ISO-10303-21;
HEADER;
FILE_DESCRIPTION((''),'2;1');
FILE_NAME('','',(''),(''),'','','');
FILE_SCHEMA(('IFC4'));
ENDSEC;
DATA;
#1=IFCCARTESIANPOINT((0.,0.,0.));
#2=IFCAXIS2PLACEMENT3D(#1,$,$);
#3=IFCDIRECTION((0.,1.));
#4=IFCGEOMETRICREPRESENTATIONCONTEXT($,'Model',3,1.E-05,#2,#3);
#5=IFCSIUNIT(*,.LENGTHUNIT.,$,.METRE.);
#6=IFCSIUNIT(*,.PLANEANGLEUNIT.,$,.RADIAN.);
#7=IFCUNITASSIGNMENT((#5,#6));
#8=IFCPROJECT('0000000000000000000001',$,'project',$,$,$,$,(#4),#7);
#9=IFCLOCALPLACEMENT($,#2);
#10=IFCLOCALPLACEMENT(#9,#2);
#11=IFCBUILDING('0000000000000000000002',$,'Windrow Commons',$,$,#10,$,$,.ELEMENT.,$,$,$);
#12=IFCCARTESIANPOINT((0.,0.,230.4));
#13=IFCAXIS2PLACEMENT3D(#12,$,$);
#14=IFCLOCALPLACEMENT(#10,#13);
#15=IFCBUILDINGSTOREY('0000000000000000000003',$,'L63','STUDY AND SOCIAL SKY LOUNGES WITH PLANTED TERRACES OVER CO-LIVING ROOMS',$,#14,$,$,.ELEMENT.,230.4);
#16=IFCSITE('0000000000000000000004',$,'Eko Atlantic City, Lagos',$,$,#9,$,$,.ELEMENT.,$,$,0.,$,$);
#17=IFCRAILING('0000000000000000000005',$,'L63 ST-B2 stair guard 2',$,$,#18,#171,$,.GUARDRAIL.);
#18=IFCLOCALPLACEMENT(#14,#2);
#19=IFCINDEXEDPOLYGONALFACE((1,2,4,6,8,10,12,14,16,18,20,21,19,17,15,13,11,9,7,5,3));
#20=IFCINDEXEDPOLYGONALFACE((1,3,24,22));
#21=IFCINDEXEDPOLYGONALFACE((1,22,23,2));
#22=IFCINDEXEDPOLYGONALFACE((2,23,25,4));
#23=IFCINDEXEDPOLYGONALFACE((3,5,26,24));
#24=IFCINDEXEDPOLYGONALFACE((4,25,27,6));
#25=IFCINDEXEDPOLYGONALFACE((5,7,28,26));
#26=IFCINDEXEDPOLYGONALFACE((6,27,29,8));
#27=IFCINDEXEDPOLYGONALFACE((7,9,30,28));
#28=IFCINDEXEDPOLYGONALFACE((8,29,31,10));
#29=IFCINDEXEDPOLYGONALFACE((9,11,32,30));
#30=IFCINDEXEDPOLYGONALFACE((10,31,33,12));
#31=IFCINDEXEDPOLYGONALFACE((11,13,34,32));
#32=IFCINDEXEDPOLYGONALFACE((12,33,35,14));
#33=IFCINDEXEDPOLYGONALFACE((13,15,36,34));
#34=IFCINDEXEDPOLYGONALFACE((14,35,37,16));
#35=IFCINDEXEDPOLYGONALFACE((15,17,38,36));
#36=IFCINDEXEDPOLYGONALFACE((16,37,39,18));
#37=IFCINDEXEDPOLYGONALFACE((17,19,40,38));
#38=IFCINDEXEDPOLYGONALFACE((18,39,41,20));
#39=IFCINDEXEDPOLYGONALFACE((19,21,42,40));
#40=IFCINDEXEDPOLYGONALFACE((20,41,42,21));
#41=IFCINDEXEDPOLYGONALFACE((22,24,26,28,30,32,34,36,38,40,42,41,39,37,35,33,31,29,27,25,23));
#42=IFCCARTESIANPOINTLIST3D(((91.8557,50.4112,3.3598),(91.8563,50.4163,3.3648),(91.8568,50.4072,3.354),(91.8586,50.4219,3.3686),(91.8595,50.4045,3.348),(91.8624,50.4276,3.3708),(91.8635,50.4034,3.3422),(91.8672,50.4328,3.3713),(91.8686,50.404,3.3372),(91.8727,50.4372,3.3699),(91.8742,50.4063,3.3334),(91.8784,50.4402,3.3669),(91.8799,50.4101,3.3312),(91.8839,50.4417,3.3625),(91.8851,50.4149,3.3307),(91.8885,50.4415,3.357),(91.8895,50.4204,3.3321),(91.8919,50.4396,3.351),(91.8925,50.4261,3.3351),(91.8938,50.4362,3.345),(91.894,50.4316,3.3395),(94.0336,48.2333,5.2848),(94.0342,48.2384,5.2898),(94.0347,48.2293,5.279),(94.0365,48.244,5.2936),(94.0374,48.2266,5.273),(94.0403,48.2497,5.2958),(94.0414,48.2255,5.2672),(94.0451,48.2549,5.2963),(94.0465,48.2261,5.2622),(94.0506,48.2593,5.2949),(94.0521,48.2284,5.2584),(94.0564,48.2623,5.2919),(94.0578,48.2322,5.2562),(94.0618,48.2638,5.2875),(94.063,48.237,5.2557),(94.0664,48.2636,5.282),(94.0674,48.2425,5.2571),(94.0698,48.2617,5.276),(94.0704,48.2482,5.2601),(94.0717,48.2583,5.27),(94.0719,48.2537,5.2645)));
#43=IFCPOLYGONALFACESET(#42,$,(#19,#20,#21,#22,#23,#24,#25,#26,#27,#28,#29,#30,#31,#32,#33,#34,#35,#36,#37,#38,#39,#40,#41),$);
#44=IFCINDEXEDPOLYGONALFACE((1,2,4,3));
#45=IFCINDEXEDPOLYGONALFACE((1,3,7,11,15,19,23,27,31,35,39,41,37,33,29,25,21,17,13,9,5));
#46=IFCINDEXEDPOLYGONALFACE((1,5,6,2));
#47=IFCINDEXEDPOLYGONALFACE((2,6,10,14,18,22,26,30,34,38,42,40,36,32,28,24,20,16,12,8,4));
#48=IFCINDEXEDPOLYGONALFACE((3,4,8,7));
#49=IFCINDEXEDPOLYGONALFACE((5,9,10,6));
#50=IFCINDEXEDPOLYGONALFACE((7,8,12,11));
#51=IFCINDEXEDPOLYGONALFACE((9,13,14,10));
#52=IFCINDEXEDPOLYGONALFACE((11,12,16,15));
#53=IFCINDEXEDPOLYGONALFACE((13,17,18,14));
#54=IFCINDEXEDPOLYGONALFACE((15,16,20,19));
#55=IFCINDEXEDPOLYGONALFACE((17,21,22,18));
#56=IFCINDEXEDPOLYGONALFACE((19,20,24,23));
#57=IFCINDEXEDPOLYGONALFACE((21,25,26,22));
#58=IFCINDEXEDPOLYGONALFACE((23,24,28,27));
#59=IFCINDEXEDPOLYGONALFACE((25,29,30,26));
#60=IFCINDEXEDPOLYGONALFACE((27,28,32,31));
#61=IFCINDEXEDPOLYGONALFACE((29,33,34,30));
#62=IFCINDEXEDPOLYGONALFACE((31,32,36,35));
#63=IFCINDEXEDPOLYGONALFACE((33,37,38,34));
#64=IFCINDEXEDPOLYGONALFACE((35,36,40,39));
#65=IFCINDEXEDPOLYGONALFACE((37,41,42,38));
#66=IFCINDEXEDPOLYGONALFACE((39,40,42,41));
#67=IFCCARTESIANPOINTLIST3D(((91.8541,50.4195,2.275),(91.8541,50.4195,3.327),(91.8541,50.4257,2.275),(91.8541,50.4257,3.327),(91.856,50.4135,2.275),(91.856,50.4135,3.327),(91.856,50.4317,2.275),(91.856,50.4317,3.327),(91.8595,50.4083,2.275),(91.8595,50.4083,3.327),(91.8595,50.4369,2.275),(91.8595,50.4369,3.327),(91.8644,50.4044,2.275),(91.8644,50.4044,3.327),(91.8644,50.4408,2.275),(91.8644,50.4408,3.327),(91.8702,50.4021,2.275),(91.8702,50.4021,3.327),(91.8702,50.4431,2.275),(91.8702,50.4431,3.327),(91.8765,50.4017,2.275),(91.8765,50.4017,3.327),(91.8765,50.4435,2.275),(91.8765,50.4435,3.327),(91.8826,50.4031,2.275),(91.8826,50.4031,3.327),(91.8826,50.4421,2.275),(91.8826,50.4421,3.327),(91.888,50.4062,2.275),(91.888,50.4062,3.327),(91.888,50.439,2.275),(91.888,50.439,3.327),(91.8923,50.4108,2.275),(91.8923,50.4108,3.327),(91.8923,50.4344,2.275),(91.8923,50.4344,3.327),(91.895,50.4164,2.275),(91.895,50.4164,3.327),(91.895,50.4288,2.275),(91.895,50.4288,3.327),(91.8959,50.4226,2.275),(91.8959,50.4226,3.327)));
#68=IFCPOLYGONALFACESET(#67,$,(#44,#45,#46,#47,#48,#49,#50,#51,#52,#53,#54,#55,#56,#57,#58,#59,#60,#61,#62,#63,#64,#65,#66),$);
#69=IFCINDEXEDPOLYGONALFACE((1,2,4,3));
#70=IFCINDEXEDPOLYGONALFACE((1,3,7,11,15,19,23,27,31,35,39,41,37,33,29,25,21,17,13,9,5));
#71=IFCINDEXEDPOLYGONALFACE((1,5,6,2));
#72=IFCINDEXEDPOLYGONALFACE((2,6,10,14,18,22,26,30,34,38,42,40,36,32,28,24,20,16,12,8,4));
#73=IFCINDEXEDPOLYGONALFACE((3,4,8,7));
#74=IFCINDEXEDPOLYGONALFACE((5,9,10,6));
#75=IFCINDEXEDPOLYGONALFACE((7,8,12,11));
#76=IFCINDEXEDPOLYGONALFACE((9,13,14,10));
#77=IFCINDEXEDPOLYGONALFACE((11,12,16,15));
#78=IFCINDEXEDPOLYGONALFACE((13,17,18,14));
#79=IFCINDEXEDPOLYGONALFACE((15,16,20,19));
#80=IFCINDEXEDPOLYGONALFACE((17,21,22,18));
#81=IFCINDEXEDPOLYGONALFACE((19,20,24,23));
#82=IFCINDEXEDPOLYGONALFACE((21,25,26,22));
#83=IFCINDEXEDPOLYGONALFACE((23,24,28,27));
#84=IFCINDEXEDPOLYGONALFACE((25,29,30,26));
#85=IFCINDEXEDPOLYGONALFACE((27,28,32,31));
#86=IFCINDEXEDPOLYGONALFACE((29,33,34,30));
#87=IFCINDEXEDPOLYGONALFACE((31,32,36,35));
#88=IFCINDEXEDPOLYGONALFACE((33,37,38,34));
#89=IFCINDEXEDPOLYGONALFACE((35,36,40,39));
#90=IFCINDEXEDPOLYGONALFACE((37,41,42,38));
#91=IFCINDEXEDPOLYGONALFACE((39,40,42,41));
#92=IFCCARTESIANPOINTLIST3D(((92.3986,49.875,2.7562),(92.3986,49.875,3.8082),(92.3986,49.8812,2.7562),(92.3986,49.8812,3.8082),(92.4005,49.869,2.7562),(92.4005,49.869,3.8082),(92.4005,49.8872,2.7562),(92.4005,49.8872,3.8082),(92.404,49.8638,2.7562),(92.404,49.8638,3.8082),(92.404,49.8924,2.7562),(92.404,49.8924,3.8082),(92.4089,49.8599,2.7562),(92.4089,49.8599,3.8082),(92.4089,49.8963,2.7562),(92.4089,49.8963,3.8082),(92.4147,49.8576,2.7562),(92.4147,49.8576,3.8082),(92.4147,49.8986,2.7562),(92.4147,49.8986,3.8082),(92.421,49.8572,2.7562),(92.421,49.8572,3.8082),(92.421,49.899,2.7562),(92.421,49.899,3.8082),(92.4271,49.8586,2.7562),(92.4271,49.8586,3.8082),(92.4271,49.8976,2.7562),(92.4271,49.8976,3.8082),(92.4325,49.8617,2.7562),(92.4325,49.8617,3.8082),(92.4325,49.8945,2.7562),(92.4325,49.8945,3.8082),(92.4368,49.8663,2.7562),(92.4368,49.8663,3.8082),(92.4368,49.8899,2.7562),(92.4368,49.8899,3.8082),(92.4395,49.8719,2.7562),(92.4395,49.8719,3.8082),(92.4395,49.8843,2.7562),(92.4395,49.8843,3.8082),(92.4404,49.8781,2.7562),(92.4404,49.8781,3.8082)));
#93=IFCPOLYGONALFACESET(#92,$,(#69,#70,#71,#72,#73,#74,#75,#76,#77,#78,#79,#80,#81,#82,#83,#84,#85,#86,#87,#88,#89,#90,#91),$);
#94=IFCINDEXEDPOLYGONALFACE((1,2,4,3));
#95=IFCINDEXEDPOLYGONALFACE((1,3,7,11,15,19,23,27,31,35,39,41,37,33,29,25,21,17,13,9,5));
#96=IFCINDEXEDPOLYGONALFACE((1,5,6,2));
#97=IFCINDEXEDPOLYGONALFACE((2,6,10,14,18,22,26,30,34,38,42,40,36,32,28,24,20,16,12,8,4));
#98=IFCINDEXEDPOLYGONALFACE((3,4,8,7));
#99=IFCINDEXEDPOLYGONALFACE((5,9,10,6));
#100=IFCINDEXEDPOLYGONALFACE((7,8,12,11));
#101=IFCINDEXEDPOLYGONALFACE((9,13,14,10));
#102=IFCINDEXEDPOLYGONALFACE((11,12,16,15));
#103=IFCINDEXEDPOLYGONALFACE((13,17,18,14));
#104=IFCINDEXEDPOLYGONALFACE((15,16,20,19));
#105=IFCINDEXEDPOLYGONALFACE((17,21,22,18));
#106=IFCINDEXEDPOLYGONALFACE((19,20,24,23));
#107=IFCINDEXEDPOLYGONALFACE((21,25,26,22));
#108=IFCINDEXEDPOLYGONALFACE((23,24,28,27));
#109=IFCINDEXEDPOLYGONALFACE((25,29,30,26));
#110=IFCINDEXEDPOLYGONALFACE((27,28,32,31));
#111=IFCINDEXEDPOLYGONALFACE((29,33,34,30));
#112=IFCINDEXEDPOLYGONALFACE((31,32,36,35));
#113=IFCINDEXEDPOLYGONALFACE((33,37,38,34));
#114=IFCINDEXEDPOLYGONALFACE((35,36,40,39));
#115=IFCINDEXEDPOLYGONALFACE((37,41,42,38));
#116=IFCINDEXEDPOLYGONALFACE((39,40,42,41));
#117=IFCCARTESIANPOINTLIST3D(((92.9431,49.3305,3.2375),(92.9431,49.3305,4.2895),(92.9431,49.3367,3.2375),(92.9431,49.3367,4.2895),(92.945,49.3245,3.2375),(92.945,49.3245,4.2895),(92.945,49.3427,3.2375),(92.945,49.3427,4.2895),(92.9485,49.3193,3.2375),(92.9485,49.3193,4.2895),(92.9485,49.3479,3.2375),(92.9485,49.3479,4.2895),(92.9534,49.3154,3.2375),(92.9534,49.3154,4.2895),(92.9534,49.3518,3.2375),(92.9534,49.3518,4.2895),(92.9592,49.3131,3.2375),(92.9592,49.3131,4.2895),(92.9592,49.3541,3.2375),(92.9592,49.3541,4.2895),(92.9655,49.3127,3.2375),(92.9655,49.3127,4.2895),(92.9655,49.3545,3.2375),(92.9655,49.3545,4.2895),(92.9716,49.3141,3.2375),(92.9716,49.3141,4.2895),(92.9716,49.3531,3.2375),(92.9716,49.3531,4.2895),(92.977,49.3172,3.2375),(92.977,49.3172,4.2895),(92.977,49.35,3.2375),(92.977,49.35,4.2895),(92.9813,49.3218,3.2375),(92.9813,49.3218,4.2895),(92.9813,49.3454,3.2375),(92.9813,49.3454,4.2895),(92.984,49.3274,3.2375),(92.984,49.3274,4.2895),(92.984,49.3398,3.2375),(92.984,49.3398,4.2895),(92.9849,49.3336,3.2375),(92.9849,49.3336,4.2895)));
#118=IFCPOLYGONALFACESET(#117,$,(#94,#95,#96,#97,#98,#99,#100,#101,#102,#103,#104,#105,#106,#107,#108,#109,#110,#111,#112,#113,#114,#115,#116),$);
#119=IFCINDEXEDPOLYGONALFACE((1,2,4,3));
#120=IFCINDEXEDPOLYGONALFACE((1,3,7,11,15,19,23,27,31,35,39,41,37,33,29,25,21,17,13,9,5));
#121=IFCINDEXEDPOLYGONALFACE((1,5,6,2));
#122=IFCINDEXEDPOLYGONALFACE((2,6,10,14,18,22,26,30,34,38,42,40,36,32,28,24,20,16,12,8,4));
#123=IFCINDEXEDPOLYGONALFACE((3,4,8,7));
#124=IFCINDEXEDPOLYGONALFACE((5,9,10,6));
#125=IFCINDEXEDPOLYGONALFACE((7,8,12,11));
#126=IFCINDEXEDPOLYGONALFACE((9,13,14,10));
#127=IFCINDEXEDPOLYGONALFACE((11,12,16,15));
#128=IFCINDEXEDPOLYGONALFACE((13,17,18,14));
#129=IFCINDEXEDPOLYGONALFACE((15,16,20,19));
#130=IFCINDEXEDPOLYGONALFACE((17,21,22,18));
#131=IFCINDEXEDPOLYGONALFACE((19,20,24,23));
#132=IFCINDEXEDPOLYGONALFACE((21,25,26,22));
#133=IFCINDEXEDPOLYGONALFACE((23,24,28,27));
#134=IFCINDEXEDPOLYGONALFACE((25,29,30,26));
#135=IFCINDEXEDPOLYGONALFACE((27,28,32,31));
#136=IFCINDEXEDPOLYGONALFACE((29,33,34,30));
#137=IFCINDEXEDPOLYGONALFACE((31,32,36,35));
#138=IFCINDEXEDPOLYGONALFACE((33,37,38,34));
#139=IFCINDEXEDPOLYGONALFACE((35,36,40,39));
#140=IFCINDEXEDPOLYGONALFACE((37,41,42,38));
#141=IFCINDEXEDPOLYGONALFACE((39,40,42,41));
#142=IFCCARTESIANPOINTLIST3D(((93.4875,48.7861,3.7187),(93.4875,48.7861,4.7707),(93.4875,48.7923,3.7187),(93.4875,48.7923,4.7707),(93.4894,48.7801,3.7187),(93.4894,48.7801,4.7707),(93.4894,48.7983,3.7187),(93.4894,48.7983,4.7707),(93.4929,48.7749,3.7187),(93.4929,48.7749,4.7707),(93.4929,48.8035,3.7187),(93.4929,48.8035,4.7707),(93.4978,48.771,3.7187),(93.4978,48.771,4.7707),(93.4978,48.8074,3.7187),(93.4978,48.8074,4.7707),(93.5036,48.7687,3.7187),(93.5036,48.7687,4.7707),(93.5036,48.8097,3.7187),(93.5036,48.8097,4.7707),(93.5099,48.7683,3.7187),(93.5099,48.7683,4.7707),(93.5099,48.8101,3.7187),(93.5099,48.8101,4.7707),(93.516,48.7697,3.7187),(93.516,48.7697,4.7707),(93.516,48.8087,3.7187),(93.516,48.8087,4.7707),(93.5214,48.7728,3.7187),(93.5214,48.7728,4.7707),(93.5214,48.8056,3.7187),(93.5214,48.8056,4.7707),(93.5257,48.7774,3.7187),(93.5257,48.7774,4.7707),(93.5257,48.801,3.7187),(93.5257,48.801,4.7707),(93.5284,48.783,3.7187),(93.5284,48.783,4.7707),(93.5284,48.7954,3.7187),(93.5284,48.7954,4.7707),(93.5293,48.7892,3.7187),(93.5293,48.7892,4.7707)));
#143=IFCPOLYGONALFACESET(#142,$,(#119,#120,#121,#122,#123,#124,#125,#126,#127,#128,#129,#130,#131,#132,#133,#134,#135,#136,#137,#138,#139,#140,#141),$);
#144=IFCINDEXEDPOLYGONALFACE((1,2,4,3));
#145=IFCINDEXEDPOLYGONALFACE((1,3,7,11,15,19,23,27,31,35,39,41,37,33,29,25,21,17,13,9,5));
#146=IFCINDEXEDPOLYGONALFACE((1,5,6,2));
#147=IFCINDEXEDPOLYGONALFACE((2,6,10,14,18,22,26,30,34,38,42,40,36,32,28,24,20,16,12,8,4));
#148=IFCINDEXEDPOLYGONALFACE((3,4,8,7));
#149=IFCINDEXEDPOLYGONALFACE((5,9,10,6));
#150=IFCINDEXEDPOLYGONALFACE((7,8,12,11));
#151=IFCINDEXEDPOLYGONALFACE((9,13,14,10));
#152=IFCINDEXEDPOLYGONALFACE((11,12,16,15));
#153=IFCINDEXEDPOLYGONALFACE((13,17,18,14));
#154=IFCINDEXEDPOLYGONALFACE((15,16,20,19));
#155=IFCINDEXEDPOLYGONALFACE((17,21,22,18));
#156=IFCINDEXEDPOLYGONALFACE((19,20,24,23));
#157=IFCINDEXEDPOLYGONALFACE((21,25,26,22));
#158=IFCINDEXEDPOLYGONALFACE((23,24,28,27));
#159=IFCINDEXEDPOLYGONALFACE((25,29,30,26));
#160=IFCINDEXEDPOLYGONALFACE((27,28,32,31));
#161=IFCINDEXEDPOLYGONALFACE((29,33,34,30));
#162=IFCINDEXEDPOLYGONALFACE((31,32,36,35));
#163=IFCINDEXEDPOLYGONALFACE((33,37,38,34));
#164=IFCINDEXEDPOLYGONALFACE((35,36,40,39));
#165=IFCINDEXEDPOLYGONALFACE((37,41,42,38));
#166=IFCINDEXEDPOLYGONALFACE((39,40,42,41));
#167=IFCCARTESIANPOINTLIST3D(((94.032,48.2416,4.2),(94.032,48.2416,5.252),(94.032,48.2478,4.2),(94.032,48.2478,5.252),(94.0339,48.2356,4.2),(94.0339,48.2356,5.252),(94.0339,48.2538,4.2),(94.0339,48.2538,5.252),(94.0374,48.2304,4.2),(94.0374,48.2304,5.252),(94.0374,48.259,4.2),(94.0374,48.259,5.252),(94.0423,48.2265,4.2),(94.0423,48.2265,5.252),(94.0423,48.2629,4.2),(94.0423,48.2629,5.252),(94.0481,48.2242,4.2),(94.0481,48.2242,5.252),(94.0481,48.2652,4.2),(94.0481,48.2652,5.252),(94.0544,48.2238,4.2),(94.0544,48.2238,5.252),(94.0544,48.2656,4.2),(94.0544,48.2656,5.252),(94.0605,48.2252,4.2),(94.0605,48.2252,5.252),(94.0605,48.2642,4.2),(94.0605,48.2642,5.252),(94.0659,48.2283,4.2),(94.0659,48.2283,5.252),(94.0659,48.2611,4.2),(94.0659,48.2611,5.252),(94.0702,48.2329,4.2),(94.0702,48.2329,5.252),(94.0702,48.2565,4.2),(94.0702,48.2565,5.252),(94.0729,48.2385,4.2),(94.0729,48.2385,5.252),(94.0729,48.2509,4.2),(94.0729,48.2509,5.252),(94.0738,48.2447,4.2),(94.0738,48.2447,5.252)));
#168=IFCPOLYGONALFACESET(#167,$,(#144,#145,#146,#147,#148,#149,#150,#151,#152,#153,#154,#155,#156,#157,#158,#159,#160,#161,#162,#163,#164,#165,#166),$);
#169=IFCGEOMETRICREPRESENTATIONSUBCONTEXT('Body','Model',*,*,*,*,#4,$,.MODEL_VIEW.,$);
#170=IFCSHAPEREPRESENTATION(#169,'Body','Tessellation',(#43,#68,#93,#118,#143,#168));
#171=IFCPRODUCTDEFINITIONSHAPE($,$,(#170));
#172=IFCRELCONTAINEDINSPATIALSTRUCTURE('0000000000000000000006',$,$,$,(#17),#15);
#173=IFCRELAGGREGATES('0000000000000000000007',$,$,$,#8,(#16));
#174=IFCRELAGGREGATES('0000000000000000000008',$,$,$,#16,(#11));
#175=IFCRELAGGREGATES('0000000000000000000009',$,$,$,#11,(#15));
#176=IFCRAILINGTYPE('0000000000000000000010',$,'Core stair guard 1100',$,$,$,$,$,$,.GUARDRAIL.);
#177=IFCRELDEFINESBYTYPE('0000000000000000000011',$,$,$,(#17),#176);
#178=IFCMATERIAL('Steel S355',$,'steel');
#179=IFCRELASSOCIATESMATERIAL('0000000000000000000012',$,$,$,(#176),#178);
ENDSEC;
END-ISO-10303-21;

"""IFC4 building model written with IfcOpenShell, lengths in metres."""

from ifc_helpers import new_model, si_unit, direction, frame, origin, origin_2d, place, context, subcontext, project, spatial, circle, extrude, material, type_object, element, save


model = new_model("IFC4")

# Units and contexts
model_context = context("Model", 3, precision=1e-05, world=origin(), true_north=direction((0.0, 1.0)))
body_context = subcontext(model_context, "Body", "Model", "MODEL_VIEW")
ifc_project = project(units=[si_unit("LENGTHUNIT", "METRE"), si_unit("PLANEANGLEUNIT", "RADIAN")], contexts=[model_context])

# Site, building, storey
site_placement = place(None, origin())
site = spatial("IfcSite", under=ifc_project, at=site_placement, Name="Eko Atlantic City, Lagos", CompositionType="ELEMENT", RefElevation=0.0)
building_placement = place(site_placement, origin())
building = spatial("IfcBuilding", under=site, at=building_placement, Name="Windrow Commons", CompositionType="ELEMENT")
storey_placement = place(building_placement, frame((0.0, 0.0, 230.4)))
storey = spatial("IfcBuildingStorey", under=building, at=storey_placement, Name="L63", Description="STUDY AND SOCIAL SKY LOUNGES WITH PLANTED TERRACES OVER CO-LIVING ROOMS", CompositionType="ELEMENT", Elevation=230.4)

# Railing
ifc_material_1 = material(Name="Steel S355", Category="steel")
railing_type_1 = type_object("IfcRailingType", Name="Core stair guard 1100", PredefinedType="GUARDRAIL", material=ifc_material_1)
railing_1_placement = place(storey_placement, frame((91.8749, 50.4226, 2.275)))
element("IfcRailing", 1, at=railing_1_placement, inside=storey, type_object=railing_type_1, Name="L63 ST-B2 stair guard 2", PredefinedType="GUARDRAIL", context=body_context, shape_type="SweptSolid", body=[
    extrude(circle(Radius=0.024, at=origin_2d()), frame((0.0, 0.0, 1.076), z_axis=(0.599626, -0.599626, 0.529997), x_axis=(0.707107, 0.707107, 0.0)), (0.0, 0.0, 1.0), 3.6321),
    extrude(circle(Radius=0.021, at=origin_2d()), origin(), (0.0, 0.0, 1.0), 1.052),
    extrude(circle(Radius=0.021, at=origin_2d()), frame((0.5445, -0.5445, 0.4812)), (0.0, 0.0, 1.0), 1.052),
    extrude(circle(Radius=0.021, at=origin_2d()), frame((1.089, -1.089, 0.9625)), (0.0, 0.0, 1.0), 1.052),
    extrude(circle(Radius=0.021, at=origin_2d()), frame((1.6334, -1.6334, 1.4437)), (0.0, 0.0, 1.0), 1.052),
    extrude(circle(Radius=0.021, at=origin_2d()), frame((2.1779, -2.1779, 1.925)), (0.0, 0.0, 1.0), 1.052),
])

save(model, "model.ifc")
